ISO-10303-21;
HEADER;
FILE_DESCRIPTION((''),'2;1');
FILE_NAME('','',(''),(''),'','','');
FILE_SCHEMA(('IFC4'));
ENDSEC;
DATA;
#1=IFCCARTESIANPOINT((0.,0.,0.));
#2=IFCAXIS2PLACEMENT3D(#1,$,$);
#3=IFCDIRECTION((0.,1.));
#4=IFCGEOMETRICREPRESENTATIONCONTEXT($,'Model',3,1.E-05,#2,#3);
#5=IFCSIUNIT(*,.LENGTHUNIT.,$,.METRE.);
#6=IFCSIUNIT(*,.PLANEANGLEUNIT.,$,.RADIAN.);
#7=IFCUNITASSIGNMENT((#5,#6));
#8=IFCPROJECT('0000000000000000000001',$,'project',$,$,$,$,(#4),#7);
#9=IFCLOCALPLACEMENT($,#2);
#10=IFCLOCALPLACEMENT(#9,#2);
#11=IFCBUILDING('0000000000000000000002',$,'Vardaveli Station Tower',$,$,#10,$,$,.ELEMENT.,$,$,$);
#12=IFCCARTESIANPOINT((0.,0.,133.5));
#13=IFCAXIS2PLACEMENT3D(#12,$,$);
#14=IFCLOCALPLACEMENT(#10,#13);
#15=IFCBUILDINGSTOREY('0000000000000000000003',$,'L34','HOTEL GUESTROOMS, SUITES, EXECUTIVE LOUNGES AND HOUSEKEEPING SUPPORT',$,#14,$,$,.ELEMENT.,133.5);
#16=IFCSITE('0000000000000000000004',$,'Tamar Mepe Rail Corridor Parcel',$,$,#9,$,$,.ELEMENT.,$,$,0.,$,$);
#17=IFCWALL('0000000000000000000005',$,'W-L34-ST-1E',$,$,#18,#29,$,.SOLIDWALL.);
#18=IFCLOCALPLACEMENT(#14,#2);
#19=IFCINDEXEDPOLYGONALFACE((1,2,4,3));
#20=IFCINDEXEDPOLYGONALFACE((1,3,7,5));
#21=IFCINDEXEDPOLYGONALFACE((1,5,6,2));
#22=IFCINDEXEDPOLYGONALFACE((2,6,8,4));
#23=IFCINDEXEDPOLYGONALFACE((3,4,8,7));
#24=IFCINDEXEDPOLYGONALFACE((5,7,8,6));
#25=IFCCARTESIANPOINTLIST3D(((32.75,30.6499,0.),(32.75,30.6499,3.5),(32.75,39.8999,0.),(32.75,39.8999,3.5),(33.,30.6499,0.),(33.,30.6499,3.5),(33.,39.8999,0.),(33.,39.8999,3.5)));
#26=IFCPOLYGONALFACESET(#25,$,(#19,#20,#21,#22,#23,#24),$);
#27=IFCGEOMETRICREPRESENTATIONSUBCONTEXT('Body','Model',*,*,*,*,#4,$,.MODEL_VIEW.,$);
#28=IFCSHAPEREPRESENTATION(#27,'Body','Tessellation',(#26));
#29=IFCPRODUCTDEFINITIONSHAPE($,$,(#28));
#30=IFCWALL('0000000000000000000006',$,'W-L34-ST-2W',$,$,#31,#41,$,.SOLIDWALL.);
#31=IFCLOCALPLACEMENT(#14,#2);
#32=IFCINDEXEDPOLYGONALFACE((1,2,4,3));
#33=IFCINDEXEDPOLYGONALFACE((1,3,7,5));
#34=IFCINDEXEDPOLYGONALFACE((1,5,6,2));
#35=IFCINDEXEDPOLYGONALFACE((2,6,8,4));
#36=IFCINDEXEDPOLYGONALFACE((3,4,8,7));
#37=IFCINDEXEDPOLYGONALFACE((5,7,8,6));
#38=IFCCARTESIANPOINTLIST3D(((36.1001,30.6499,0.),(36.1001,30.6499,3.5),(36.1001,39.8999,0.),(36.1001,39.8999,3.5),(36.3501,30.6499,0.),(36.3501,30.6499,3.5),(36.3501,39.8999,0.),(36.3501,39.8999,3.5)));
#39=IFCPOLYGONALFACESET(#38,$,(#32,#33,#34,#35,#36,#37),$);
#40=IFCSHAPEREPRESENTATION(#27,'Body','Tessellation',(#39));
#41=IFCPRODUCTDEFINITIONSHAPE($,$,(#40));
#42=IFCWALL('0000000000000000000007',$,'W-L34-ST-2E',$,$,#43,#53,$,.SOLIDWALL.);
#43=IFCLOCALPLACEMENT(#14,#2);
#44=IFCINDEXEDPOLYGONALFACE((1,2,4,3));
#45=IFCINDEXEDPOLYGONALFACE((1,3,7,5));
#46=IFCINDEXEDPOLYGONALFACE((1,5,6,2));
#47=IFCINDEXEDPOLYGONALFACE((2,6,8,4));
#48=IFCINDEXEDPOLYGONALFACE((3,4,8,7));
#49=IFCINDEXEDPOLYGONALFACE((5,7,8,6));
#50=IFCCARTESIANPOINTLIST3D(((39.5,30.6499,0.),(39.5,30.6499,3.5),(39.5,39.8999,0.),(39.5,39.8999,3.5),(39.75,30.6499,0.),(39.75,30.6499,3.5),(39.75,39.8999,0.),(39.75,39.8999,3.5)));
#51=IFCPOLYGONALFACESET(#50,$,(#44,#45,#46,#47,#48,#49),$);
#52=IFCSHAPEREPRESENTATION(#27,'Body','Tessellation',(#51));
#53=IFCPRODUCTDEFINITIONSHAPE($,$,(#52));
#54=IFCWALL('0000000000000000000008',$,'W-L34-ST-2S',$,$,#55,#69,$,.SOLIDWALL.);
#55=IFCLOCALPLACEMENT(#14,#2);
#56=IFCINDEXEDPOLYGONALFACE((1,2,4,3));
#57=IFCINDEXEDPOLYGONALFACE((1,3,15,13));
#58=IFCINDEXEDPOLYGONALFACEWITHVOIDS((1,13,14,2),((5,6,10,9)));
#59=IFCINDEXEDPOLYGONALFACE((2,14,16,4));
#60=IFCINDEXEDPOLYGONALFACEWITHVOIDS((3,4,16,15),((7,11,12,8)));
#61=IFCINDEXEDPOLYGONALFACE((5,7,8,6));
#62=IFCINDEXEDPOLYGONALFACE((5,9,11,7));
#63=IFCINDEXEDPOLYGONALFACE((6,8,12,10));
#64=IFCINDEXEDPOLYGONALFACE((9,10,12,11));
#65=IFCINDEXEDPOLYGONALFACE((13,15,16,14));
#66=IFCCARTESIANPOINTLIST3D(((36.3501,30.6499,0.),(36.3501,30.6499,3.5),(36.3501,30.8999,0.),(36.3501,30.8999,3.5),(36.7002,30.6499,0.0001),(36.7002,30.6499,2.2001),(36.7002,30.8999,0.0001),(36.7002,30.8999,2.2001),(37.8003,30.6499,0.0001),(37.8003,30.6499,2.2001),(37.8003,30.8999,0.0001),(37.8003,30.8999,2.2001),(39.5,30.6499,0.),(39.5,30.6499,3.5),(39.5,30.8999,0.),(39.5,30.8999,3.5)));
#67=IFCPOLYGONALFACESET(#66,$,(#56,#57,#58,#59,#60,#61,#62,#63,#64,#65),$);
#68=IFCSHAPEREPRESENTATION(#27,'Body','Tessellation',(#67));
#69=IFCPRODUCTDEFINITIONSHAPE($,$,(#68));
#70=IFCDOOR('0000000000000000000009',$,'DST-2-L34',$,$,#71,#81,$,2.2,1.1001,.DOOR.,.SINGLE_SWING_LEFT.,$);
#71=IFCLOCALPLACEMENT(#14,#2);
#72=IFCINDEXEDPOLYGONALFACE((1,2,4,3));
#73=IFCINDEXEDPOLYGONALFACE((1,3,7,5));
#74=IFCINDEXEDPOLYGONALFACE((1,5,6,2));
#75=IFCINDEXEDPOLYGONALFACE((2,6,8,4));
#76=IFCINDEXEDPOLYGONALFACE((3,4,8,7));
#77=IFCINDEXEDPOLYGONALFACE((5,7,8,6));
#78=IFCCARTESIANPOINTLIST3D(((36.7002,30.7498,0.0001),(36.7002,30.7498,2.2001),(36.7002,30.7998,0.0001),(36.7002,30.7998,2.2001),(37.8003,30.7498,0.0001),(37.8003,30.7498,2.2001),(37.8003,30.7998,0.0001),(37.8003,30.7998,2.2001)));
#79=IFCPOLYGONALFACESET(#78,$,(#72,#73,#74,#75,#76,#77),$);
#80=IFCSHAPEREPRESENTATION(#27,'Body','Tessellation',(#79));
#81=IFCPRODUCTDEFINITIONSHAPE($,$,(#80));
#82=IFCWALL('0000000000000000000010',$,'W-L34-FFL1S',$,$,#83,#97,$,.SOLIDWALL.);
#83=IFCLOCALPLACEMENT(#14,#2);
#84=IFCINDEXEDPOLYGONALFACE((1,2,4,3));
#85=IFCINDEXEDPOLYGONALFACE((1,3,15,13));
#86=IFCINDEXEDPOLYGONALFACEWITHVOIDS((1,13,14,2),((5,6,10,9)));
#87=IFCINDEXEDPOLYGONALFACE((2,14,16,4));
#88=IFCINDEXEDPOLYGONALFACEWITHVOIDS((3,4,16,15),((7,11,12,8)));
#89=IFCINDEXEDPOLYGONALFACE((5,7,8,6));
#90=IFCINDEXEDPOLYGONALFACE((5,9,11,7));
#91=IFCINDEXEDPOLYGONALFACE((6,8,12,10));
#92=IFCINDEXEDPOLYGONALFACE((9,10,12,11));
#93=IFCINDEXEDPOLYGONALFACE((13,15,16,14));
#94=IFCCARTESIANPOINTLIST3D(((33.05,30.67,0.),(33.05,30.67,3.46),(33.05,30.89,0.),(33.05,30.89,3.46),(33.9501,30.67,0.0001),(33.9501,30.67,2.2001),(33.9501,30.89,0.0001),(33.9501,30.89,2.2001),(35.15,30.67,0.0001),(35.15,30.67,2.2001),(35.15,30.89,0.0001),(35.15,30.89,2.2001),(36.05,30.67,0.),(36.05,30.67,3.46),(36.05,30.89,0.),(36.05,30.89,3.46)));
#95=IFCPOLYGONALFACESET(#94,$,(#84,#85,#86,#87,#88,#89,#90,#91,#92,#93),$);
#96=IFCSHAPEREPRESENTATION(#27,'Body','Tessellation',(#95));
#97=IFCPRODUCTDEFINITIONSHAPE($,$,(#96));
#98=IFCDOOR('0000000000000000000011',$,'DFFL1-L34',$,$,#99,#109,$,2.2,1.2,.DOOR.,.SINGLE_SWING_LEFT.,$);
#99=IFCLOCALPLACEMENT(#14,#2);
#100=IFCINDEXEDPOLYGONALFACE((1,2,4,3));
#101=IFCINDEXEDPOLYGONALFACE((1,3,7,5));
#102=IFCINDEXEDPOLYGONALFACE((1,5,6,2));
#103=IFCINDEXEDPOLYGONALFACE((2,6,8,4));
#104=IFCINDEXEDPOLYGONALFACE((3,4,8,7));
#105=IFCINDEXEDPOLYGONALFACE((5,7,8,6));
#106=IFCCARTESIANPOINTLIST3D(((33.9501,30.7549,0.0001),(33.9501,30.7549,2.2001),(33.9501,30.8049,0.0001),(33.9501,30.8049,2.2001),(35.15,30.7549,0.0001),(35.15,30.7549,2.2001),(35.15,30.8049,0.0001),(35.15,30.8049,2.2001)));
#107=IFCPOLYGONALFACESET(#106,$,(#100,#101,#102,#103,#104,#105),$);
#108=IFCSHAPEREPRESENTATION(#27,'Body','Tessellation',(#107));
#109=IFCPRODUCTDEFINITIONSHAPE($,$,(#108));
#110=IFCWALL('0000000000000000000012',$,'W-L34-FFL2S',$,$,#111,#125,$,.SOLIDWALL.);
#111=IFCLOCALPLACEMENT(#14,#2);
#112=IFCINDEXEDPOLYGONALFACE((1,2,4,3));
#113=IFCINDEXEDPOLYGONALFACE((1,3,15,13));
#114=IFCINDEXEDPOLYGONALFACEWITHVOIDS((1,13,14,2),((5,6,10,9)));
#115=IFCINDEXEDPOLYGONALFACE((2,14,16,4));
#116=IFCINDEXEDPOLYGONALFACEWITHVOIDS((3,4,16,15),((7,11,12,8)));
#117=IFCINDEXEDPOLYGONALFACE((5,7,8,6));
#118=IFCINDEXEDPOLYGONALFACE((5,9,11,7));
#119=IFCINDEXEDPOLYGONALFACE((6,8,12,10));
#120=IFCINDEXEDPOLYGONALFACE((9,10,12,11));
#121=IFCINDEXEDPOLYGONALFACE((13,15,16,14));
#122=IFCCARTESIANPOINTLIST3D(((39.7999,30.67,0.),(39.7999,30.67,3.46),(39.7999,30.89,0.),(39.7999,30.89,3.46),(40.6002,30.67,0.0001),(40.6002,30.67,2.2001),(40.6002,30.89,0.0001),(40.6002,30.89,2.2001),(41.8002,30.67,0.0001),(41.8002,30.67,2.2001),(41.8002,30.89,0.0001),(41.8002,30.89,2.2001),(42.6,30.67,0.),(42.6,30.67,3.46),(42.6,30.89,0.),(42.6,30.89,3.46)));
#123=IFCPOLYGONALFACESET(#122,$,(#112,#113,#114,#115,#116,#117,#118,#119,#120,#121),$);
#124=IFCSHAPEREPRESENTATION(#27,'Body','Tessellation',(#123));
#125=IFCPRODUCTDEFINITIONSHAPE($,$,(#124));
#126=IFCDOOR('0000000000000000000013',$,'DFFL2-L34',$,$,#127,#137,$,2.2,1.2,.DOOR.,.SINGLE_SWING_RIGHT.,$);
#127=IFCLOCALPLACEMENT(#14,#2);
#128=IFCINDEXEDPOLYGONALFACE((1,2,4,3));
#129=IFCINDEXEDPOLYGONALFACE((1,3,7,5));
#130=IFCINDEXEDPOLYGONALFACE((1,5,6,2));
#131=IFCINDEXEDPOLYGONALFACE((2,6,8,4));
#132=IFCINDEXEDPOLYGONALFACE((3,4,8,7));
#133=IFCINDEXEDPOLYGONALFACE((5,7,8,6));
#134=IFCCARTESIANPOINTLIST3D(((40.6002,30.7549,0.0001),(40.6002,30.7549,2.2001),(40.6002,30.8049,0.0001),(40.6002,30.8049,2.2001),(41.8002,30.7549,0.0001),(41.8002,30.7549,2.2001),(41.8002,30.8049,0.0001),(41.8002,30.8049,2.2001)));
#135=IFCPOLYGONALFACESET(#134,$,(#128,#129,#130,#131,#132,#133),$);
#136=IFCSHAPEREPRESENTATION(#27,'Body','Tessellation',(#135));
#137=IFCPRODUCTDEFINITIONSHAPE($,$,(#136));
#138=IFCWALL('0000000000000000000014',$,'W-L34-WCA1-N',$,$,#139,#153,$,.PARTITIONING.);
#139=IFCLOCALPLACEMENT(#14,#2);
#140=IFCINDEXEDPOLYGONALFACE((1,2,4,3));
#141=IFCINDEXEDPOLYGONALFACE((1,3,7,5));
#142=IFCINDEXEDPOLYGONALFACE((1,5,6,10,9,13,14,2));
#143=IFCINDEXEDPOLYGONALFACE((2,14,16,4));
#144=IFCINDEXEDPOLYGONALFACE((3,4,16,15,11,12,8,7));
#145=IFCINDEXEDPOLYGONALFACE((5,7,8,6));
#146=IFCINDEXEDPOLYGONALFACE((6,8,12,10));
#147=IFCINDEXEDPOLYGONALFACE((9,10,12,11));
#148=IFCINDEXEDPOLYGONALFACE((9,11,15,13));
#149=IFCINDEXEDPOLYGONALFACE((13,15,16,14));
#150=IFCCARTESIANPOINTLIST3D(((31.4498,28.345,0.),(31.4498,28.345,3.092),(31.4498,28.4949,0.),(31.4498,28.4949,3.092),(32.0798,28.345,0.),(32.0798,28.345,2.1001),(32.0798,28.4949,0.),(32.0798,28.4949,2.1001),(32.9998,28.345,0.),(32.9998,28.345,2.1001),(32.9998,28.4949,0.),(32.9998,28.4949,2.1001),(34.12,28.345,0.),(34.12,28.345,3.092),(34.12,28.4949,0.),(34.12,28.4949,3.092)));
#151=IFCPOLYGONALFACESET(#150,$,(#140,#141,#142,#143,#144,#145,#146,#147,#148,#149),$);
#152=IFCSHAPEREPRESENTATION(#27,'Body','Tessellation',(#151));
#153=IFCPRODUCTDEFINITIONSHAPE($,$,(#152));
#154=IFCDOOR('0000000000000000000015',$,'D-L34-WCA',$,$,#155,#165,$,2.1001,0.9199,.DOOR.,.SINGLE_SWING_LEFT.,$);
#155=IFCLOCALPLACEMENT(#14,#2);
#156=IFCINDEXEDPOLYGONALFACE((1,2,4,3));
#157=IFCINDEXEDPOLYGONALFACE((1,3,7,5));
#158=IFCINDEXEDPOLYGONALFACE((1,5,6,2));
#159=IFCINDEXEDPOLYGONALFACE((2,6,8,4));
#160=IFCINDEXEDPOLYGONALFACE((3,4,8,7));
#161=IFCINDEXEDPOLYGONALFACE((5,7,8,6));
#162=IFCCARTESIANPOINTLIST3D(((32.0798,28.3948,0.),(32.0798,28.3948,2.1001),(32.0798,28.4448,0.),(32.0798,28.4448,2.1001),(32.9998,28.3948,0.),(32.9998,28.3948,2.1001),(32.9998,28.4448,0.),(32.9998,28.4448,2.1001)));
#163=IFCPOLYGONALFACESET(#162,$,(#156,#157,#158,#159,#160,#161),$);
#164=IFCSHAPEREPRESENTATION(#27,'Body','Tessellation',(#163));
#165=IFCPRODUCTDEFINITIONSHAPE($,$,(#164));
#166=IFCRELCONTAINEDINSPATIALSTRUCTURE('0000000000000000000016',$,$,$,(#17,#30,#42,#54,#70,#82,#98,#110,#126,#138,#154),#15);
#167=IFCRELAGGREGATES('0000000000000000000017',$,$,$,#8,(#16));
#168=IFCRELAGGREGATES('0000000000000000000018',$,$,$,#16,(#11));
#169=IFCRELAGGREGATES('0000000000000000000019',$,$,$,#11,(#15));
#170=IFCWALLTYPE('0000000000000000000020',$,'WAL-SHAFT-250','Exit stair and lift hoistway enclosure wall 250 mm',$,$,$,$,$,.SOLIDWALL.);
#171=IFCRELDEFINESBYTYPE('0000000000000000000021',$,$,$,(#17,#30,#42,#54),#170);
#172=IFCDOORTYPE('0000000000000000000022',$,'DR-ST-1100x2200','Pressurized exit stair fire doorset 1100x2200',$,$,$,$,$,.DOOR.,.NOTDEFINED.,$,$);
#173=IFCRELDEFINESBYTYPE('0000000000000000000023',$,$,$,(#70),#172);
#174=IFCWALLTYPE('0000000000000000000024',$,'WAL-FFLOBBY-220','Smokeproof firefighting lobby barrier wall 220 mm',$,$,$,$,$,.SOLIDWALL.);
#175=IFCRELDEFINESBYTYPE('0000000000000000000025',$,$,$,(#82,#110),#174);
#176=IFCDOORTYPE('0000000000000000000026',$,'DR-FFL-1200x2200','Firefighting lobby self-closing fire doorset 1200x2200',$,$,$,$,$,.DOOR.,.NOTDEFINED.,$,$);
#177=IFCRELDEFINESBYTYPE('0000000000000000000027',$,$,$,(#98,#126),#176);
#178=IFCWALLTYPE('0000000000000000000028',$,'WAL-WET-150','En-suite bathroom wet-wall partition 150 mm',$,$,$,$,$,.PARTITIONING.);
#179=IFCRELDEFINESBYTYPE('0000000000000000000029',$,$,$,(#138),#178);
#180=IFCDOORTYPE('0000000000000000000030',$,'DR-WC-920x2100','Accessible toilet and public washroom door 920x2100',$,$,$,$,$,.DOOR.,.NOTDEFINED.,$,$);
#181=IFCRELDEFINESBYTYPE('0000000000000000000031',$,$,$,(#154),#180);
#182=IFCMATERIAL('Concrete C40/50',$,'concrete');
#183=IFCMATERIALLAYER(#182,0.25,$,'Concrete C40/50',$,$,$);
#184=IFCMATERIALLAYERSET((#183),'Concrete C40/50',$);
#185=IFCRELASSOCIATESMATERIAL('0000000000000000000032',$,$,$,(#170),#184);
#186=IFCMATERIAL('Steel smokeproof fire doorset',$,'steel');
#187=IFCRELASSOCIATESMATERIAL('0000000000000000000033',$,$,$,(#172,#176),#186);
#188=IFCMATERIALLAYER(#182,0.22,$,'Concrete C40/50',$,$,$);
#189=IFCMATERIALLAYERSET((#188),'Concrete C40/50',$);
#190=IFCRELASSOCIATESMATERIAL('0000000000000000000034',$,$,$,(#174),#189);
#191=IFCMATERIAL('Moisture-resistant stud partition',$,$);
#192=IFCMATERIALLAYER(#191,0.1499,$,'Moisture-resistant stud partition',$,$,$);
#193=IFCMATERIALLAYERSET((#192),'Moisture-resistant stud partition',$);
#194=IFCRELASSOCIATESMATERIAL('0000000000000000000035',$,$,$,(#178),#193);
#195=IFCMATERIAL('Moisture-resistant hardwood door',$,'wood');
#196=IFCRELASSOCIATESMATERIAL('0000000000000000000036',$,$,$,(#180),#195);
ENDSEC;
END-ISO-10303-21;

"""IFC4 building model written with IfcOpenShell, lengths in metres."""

from ifc_helpers import new_model, si_unit, direction, frame, frame_2d, origin, place, context, subcontext, project, spatial, rectangle, extrude, source, transform, mapped, material, layer, layer_set, type_object, element, fill, save


model = new_model("IFC4")

# Units and contexts
model_context = context("Model", 3, precision=1e-05, world=origin(), true_north=direction((0.0, 1.0)))
body_context = subcontext(model_context, "Body", "Model", "MODEL_VIEW")
ifc_project = project(units=[si_unit("LENGTHUNIT", "METRE"), si_unit("PLANEANGLEUNIT", "RADIAN")], contexts=[model_context])

# Site, building, storey
site_placement = place(None, origin())
site = spatial("IfcSite", under=ifc_project, at=site_placement, Name="Tamar Mepe Rail Corridor Parcel", CompositionType="ELEMENT", RefElevation=0.0)
building_placement = place(site_placement, origin())
building = spatial("IfcBuilding", under=site, at=building_placement, Name="Vardaveli Station Tower", CompositionType="ELEMENT")
storey_placement = place(building_placement, frame((0.0, 0.0, 133.5)))
storey = spatial("IfcBuildingStorey", under=building, at=storey_placement, Name="L34", Description="HOTEL GUESTROOMS, SUITES, EXECUTIVE LOUNGES AND HOUSEKEEPING SUPPORT", CompositionType="ELEMENT", Elevation=133.5)

# Walls
ifc_material_1 = material(Name="Concrete C40/50", Category="concrete")
ifc_layer_1 = layer(ifc_material_1, 0.25, Name="Concrete C40/50")
ifc_layer_set_1 = layer_set([ifc_layer_1], Name="Concrete C40/50")
wall_type_1 = type_object("IfcWallType", Name="WAL-SHAFT-250", Description="Exit stair and lift hoistway enclosure wall 250 mm", PredefinedType="SOLIDWALL", material=ifc_layer_set_1)
shared_shape_1 = source(origin(), body_context, "Body", "SweptSolid", [
    extrude(rectangle(XDim=9.25, YDim=0.25, at=frame_2d((4.625, 0.0))), origin(), (0.0, 0.0, 1.0), 3.5),
])
for number, where, z_axis, x_axis, name in (
    (1, (32.875, 30.6499, 0.0), (0.0, 0.0, 1.0), (0.0, 1.0, 0.0), "W-L34-ST-1E"),
    (2, (36.2251, 30.6499, 0.0), (0.0, 0.0, 1.0), (0.0, 1.0, 0.0), "W-L34-ST-2W"),
    (3, (39.625, 30.6499, 0.0), (0.0, 0.0, 1.0), (0.0, 1.0, 0.0), "W-L34-ST-2E"),
):
    element("IfcWall", number, at=place(storey_placement, frame(where, z_axis=z_axis, x_axis=x_axis)), inside=storey, type_object=wall_type_1, Name=name, PredefinedType="SOLIDWALL", context=body_context, shape_type="MappedRepresentation", body=[
        mapped(shared_shape_1, transform((0.0, 0.0, 0.0), scale=1.0)),
    ])

# Walls, openings, doors
shared_shape_2 = source(origin(), body_context, "Body", "SweptSolid", [
    extrude(rectangle(XDim=3.1499, YDim=0.25, at=frame_2d((1.575, 0.0))), origin(), (0.0, 0.0, 1.0), 3.5),
])
wall_1_placement = place(storey_placement, frame((36.3501, 30.7749, 0.0), z_axis=(0.0, 0.0, 1.0), x_axis=(1.0, 0.0, 0.0)))
wall_1 = element("IfcWall", 4, at=wall_1_placement, inside=storey, type_object=wall_type_1, Name="W-L34-ST-2S", PredefinedType="SOLIDWALL", context=body_context, shape_type="MappedRepresentation", body=[
    mapped(shared_shape_2, transform((0.0, 0.0, 0.0), scale=1.0)),
])
shared_shape_3 = source(origin(), body_context, "Body", "SweptSolid", [
    extrude(rectangle(XDim=1.1001, YDim=2.2, at=frame_2d((0.55, 1.1001))), frame((0.0, 0.135, 0.0), z_axis=(0.0, -1.0, 0.0), x_axis=(1.0, 0.0, 0.0)), (0.0, 0.0, 1.0), 0.27),
])
opening_1_placement = place(wall_1_placement, frame((0.3501, 0.0, 0.0)))
opening_1 = element("IfcOpeningElement", 5, at=opening_1_placement, cuts=wall_1, PredefinedType="OPENING", context=body_context, shape_type="MappedRepresentation", body=[
    mapped(shared_shape_3, transform((0.0, 0.0, 0.0), scale=1.0)),
])
ifc_material_2 = material(Name="Steel smokeproof fire doorset", Category="steel")
door_type_1 = type_object("IfcDoorType", Name="DR-ST-1100x2200", Description="Pressurized exit stair fire doorset 1100x2200", OperationType="NOTDEFINED", PredefinedType="DOOR", material=ifc_material_2)
shared_shape_4 = source(origin(), body_context, "Body", "SweptSolid", [
    extrude(rectangle(XDim=1.1001, YDim=2.2, at=frame_2d((0.55, 1.1001))), frame((0.0, 0.0249, 0.0), z_axis=(0.0, -1.0, 0.0), x_axis=(1.0, 0.0, 0.0)), (0.0, 0.0, 1.0), 0.05),
])
door_1_placement = place(opening_1_placement, origin())
door_1 = element("IfcDoor", 6, at=door_1_placement, inside=storey, type_object=door_type_1, Name="DST-2-L34", OperationType="SINGLE_SWING_LEFT", OverallHeight=2.2, OverallWidth=1.1001, PredefinedType="DOOR", context=body_context, shape_type="MappedRepresentation", body=[
    mapped(shared_shape_4, transform((0.0, 0.0, 0.0), scale=1.0)),
])
fill(opening_1, door_1)
ifc_layer_2 = layer(ifc_material_1, 0.22, Name="Concrete C40/50")
ifc_layer_set_2 = layer_set([ifc_layer_2], Name="Concrete C40/50")
wall_type_2 = type_object("IfcWallType", Name="WAL-FFLOBBY-220", Description="Smokeproof firefighting lobby barrier wall 220 mm", PredefinedType="SOLIDWALL", material=ifc_layer_set_2)
shared_shape_5 = source(origin(), body_context, "Body", "SweptSolid", [
    extrude(rectangle(XDim=3.0, YDim=0.22, at=frame_2d((1.5, 0.0))), origin(), (0.0, 0.0, 1.0), 3.46),
])
wall_2_placement = place(storey_placement, frame((33.05, 30.78, 0.0), z_axis=(0.0, 0.0, 1.0), x_axis=(1.0, 0.0, 0.0)))
wall_2 = element("IfcWall", 7, at=wall_2_placement, inside=storey, type_object=wall_type_2, Name="W-L34-FFL1S", PredefinedType="SOLIDWALL", context=body_context, shape_type="MappedRepresentation", body=[
    mapped(shared_shape_5, transform((0.0, 0.0, 0.0), scale=1.0)),
])
shared_shape_6 = source(origin(), body_context, "Body", "SweptSolid", [
    extrude(rectangle(XDim=1.2, YDim=2.2, at=frame_2d((0.6001, 1.1001))), frame((0.0, 0.1201, 0.0), z_axis=(0.0, -1.0, 0.0), x_axis=(1.0, 0.0, 0.0)), (0.0, 0.0, 1.0), 0.24),
])
opening_2_placement = place(wall_2_placement, frame((0.8999, 0.0, 0.0)))
opening_2 = element("IfcOpeningElement", 8, at=opening_2_placement, cuts=wall_2, PredefinedType="OPENING", context=body_context, shape_type="MappedRepresentation", body=[
    mapped(shared_shape_6, transform((0.0, 0.0, 0.0), scale=1.0)),
])
door_type_2 = type_object("IfcDoorType", Name="DR-FFL-1200x2200", Description="Firefighting lobby self-closing fire doorset 1200x2200", OperationType="NOTDEFINED", PredefinedType="DOOR", material=ifc_material_2)
shared_shape_7 = source(origin(), body_context, "Body", "SweptSolid", [
    extrude(rectangle(XDim=1.2, YDim=2.2, at=frame_2d((0.6001, 1.1001))), frame((0.0, 0.0249, 0.0), z_axis=(0.0, -1.0, 0.0), x_axis=(1.0, 0.0, 0.0)), (0.0, 0.0, 1.0), 0.05),
])
door_2_placement = place(opening_2_placement, origin())
door_2 = element("IfcDoor", 9, at=door_2_placement, inside=storey, type_object=door_type_2, Name="DFFL1-L34", OperationType="SINGLE_SWING_LEFT", OverallHeight=2.2, OverallWidth=1.2, PredefinedType="DOOR", context=body_context, shape_type="MappedRepresentation", body=[
    mapped(shared_shape_7, transform((0.0, 0.0, 0.0), scale=1.0)),
])
fill(opening_2, door_2)
shared_shape_8 = source(origin(), body_context, "Body", "SweptSolid", [
    extrude(rectangle(XDim=2.8, YDim=0.22, at=frame_2d((1.3999, 0.0))), origin(), (0.0, 0.0, 1.0), 3.46),
])
wall_3_placement = place(storey_placement, frame((39.8, 30.78, 0.0), z_axis=(0.0, 0.0, 1.0), x_axis=(1.0, 0.0, 0.0)))
wall_3 = element("IfcWall", 10, at=wall_3_placement, inside=storey, type_object=wall_type_2, Name="W-L34-FFL2S", PredefinedType="SOLIDWALL", context=body_context, shape_type="MappedRepresentation", body=[
    mapped(shared_shape_8, transform((0.0, 0.0, 0.0), scale=1.0)),
])
opening_3_placement = place(wall_3_placement, frame((0.8, 0.0, 0.0)))
opening_3 = element("IfcOpeningElement", 11, at=opening_3_placement, cuts=wall_3, PredefinedType="OPENING", context=body_context, shape_type="MappedRepresentation", body=[
    mapped(shared_shape_6, transform((0.0, 0.0, 0.0), scale=1.0)),
])
door_3_placement = place(opening_3_placement, origin())
door_3 = element("IfcDoor", 12, at=door_3_placement, inside=storey, type_object=door_type_2, Name="DFFL2-L34", OperationType="SINGLE_SWING_RIGHT", OverallHeight=2.2, OverallWidth=1.2, PredefinedType="DOOR", context=body_context, shape_type="MappedRepresentation", body=[
    mapped(shared_shape_7, transform((0.0, 0.0, 0.0), scale=1.0)),
])
fill(opening_3, door_3)
ifc_material_3 = material(Name="Moisture-resistant stud partition")
ifc_layer_3 = layer(ifc_material_3, 0.1499, Name="Moisture-resistant stud partition")
ifc_layer_set_3 = layer_set([ifc_layer_3], Name="Moisture-resistant stud partition")
wall_type_3 = type_object("IfcWallType", Name="WAL-WET-150", Description="En-suite bathroom wet-wall partition 150 mm", PredefinedType="PARTITIONING", material=ifc_layer_set_3)
shared_shape_9 = source(origin(), body_context, "Body", "SweptSolid", [
    extrude(rectangle(XDim=2.6702, YDim=0.1499, at=frame_2d((1.335, 0.0))), origin(), (0.0, 0.0, 1.0), 3.092),
])
wall_4_placement = place(storey_placement, frame((31.45, 28.4199, 0.0), z_axis=(0.0, 0.0, 1.0), x_axis=(1.0, 0.0, 0.0)))
wall_4 = element("IfcWall", 13, at=wall_4_placement, inside=storey, type_object=wall_type_3, Name="W-L34-WCA1-N", PredefinedType="PARTITIONING", context=body_context, shape_type="MappedRepresentation", body=[
    mapped(shared_shape_9, transform((0.0, 0.0, 0.0), scale=1.0)),
])
shared_shape_10 = source(origin(), body_context, "Body", "SweptSolid", [
    extrude(rectangle(XDim=0.9199, YDim=2.1001, at=frame_2d((0.46, 1.05))), frame((0.0, 0.085, 0.0), z_axis=(0.0, -1.0, 0.0), x_axis=(1.0, 0.0, 0.0)), (0.0, 0.0, 1.0), 0.1699),
])
opening_4_placement = place(wall_4_placement, frame((0.6299, 0.0, 0.0)))
opening_4 = element("IfcOpeningElement", 14, at=opening_4_placement, cuts=wall_4, PredefinedType="OPENING", context=body_context, shape_type="MappedRepresentation", body=[
    mapped(shared_shape_10, transform((0.0, 0.0, 0.0), scale=1.0)),
])
ifc_material_4 = material(Name="Moisture-resistant hardwood door", Category="wood")
door_type_3 = type_object("IfcDoorType", Name="DR-WC-920x2100", Description="Accessible toilet and public washroom door 920x2100", OperationType="NOTDEFINED", PredefinedType="DOOR", material=ifc_material_4)
shared_shape_11 = source(origin(), body_context, "Body", "SweptSolid", [
    extrude(rectangle(XDim=0.9199, YDim=2.1001, at=frame_2d((0.46, 1.05))), frame((0.0, 0.0249, 0.0), z_axis=(0.0, -1.0, 0.0), x_axis=(1.0, 0.0, 0.0)), (0.0, 0.0, 1.0), 0.05),
])
door_4_placement = place(opening_4_placement, origin())
door_4 = element("IfcDoor", 15, at=door_4_placement, inside=storey, type_object=door_type_3, Name="D-L34-WCA", OperationType="SINGLE_SWING_LEFT", OverallHeight=2.1001, OverallWidth=0.9199, PredefinedType="DOOR", context=body_context, shape_type="MappedRepresentation", body=[
    mapped(shared_shape_11, transform((0.0, 0.0, 0.0), scale=1.0)),
])
fill(opening_4, door_4)

save(model, "model.ifc")
